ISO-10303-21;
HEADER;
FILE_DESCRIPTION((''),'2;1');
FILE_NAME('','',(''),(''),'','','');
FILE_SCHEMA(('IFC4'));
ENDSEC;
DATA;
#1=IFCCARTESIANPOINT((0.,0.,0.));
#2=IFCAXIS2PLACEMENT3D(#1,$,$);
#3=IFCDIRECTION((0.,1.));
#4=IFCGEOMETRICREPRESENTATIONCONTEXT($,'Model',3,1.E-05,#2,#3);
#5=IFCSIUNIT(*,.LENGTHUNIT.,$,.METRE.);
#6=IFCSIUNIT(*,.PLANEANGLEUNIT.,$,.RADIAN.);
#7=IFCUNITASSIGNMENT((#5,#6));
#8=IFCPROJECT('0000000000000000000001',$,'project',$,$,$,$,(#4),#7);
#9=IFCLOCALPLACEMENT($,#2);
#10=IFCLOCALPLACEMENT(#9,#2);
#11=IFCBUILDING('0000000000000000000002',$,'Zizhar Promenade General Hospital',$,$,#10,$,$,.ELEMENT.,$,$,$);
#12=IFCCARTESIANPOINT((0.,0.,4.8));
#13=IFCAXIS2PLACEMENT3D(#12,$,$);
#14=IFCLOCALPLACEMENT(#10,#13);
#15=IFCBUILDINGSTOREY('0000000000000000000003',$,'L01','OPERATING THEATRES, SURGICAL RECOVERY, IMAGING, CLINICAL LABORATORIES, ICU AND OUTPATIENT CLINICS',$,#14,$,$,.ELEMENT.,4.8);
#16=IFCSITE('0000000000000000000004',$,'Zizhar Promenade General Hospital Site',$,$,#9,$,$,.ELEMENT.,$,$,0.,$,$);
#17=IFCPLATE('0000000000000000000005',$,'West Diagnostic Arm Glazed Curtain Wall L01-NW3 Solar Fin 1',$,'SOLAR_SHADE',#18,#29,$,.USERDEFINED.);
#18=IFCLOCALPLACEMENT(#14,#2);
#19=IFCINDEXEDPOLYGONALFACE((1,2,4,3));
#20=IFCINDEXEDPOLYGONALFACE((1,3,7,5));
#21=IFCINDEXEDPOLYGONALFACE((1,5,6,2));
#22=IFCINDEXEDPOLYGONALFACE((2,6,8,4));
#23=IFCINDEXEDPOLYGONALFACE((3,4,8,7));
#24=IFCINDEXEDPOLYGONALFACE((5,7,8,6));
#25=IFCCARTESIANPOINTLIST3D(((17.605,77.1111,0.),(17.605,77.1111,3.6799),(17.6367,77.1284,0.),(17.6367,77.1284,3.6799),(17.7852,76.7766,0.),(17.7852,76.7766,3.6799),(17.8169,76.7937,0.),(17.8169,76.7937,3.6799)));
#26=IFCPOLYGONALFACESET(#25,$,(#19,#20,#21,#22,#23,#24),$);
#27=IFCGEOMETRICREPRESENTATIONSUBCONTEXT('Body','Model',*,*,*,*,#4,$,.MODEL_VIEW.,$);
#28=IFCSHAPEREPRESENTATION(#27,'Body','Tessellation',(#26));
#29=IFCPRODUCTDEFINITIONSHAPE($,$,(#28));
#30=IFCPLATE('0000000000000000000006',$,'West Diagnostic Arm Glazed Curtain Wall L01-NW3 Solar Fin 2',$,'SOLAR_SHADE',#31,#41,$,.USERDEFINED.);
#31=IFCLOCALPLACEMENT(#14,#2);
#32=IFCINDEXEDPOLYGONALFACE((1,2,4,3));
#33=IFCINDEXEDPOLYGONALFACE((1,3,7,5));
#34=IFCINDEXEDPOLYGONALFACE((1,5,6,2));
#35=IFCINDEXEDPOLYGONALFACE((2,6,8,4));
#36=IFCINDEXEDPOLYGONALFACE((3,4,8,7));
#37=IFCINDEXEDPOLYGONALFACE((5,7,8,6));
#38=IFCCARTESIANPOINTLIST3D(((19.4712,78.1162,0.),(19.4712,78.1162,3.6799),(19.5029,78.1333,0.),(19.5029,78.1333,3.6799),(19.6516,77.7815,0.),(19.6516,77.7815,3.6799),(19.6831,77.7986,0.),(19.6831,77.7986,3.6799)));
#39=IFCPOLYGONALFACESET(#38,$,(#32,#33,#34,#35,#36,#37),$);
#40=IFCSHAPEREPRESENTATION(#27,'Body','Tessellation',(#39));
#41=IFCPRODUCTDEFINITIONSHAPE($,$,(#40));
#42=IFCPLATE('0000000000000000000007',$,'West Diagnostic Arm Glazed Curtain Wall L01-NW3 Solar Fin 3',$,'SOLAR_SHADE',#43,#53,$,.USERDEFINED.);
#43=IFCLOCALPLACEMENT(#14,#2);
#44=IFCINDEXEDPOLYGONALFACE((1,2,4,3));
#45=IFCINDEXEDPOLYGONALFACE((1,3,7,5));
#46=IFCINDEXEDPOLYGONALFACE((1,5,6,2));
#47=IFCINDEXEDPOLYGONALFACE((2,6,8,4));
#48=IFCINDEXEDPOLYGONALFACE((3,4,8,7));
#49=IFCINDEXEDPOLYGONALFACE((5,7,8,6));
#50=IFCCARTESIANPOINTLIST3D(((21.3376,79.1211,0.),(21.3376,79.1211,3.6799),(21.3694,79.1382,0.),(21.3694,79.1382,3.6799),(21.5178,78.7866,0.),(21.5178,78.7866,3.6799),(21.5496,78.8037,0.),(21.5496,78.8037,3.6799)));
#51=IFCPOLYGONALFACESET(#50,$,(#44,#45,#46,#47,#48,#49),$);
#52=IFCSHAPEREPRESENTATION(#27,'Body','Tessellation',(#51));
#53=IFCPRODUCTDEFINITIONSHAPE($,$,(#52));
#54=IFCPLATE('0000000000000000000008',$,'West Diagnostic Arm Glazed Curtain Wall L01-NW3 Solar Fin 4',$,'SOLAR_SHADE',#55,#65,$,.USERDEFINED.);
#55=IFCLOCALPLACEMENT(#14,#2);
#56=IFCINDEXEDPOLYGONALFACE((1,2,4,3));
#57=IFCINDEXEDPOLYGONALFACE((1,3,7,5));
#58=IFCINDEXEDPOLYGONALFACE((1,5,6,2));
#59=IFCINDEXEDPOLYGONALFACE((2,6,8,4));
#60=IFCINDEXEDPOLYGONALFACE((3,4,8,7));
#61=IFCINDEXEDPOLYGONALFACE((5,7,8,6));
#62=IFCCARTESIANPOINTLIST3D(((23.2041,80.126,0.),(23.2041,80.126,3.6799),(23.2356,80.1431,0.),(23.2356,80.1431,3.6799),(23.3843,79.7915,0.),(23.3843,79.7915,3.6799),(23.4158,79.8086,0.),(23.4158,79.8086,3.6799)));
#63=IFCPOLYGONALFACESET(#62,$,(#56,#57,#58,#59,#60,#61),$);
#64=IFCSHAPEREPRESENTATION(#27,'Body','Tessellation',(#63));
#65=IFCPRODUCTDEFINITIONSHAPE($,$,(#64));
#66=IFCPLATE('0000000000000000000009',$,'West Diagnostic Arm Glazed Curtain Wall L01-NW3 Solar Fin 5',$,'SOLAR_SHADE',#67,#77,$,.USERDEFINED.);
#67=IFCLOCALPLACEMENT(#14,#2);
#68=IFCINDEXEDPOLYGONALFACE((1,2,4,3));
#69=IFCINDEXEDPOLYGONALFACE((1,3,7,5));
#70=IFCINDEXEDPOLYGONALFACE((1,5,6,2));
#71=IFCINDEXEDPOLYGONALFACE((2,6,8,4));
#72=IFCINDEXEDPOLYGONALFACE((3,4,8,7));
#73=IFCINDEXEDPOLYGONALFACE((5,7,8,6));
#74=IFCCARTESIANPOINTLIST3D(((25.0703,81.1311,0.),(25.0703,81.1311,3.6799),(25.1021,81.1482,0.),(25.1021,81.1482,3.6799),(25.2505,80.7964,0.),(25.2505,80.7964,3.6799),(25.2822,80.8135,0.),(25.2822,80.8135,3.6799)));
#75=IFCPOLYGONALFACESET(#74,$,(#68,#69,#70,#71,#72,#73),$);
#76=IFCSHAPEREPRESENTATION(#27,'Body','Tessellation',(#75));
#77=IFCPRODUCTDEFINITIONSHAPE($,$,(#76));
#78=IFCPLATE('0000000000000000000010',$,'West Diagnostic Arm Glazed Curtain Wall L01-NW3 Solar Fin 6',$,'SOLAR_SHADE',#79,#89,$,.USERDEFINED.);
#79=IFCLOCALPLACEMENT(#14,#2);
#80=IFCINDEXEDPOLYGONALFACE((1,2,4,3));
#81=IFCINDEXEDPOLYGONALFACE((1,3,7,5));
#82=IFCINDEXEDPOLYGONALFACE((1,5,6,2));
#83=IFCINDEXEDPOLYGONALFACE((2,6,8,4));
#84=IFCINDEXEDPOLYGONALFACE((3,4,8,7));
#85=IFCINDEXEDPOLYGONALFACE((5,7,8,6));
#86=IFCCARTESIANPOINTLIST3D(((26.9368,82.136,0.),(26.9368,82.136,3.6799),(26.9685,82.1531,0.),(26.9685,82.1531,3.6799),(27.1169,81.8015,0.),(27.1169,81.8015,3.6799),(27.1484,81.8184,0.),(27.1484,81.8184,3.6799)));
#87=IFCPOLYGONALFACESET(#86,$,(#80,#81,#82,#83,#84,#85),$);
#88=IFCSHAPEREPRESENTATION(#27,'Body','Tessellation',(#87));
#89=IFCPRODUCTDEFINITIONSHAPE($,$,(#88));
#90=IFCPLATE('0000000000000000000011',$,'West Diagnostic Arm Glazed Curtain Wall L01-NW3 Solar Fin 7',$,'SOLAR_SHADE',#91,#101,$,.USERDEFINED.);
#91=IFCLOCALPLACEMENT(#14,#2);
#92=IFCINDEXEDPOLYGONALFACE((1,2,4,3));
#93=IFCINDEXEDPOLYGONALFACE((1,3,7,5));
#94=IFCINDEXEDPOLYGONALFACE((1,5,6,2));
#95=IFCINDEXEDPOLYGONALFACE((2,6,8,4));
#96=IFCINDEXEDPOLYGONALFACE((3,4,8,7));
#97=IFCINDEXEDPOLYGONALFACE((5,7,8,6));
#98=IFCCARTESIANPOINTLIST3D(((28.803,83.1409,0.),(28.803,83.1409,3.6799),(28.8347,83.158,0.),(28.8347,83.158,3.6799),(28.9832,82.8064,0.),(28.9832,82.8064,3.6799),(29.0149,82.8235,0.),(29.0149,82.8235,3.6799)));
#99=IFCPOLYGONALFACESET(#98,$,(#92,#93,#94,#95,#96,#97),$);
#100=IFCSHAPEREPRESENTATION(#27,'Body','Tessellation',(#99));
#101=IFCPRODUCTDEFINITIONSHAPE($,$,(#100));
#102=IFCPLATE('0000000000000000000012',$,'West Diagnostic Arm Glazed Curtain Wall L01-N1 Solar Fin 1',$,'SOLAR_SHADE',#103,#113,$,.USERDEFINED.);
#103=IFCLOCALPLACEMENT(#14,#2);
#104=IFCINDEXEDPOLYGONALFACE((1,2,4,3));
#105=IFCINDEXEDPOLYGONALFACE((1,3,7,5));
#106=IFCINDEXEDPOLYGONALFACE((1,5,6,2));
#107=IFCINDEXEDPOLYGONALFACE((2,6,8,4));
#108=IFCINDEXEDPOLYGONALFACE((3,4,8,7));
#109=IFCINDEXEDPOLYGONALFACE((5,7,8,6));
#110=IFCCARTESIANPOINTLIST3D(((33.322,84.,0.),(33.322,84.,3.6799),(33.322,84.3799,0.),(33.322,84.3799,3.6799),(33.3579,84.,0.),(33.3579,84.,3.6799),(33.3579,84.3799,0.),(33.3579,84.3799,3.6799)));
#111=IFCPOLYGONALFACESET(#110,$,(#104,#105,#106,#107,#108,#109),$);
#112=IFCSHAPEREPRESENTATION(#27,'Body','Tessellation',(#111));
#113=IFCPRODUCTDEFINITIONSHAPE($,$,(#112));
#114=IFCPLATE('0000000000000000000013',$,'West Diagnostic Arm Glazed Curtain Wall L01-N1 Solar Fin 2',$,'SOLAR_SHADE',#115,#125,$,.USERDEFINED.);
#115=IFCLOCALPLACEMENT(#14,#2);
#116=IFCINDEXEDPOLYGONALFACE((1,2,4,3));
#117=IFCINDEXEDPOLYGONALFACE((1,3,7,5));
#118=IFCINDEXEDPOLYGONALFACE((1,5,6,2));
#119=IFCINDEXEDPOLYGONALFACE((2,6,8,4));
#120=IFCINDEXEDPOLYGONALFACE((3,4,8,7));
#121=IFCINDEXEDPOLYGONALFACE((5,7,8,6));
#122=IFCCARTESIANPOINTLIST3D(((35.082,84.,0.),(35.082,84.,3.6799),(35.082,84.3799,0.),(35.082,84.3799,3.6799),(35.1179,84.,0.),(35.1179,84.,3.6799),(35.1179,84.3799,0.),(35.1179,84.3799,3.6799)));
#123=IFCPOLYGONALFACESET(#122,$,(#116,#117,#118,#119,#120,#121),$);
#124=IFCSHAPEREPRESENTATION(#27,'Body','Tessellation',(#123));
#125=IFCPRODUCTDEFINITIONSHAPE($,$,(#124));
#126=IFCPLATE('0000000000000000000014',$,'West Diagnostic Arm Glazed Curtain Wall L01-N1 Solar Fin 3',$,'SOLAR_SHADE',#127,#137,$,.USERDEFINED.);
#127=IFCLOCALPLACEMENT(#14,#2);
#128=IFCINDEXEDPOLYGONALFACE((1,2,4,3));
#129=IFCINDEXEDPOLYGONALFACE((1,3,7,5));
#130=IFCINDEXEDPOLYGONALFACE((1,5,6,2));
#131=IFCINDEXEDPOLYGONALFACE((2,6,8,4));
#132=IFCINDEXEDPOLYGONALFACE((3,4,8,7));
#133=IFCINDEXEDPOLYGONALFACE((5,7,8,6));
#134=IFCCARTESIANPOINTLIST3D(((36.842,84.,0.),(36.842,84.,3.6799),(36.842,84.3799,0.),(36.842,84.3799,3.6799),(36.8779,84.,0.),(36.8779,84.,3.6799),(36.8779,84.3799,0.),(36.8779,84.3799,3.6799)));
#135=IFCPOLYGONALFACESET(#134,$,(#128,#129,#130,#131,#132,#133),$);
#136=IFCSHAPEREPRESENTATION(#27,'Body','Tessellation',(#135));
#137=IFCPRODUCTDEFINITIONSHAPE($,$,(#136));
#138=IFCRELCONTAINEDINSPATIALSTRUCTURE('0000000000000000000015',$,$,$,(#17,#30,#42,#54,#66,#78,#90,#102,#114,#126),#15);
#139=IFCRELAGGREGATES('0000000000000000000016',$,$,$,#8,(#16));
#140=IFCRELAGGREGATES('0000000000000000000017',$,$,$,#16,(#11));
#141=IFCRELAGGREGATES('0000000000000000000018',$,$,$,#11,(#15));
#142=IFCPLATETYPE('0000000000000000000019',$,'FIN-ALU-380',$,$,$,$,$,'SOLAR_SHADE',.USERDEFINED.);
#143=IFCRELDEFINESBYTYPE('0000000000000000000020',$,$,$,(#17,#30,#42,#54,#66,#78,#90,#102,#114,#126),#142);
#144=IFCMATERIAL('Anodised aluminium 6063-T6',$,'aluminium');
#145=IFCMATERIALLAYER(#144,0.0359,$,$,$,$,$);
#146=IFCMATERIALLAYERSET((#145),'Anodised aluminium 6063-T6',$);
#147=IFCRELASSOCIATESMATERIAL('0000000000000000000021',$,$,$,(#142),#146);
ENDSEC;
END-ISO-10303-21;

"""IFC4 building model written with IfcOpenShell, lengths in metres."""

from ifc_helpers import new_model, si_unit, direction, frame, origin, place, context, subcontext, project, spatial, polyline, outline, extrude, material, layer, layer_set, type_object, element, save


model = new_model("IFC4")

# Units and contexts
model_context = context("Model", 3, precision=1e-05, world=origin(), true_north=direction((0.0, 1.0)))
body_context = subcontext(model_context, "Body", "Model", "MODEL_VIEW")
ifc_project = project(units=[si_unit("LENGTHUNIT", "METRE"), si_unit("PLANEANGLEUNIT", "RADIAN")], contexts=[model_context])

# Site, building, storey
site_placement = place(None, origin())
site = spatial("IfcSite", under=ifc_project, at=site_placement, Name="Zizhar Promenade General Hospital Site", CompositionType="ELEMENT", RefElevation=0.0)
building_placement = place(site_placement, origin())
building = spatial("IfcBuilding", under=site, at=building_placement, Name="Zizhar Promenade General Hospital", CompositionType="ELEMENT")
storey_placement = place(building_placement, frame((0.0, 0.0, 4.8)))
storey = spatial("IfcBuildingStorey", under=building, at=storey_placement, Name="L01", Description="OPERATING THEATRES, SURGICAL RECOVERY, IMAGING, CLINICAL LABORATORIES, ICU AND OUTPATIENT CLINICS", CompositionType="ELEMENT", Elevation=4.8)

# Plates
ifc_material = material(Name="Anodised aluminium 6063-T6", Category="aluminium")
ifc_layer = layer(ifc_material, 0.0359)
ifc_layer_set = layer_set([ifc_layer], Name="Anodised aluminium 6063-T6")
plate_type = type_object("IfcPlateType", Name="FIN-ALU-380", ElementType="SOLAR_SHADE", PredefinedType="USERDEFINED", material=ifc_layer_set)
plate_1_placement = place(storey_placement, origin())
element("IfcPlate", 1, at=plate_1_placement, inside=storey, type_object=plate_type, Name="West Diagnostic Arm Glazed Curtain Wall L01-NW3 Solar Fin 1", ObjectType="SOLAR_SHADE", PredefinedType="USERDEFINED", context=body_context, shape_type="SweptSolid", body=[
    extrude(outline(polyline([(17.7852, 76.7766), (17.8169, 76.7937), (17.6367, 77.1284), (17.605, 77.1111), (17.7852, 76.7766)])), origin(), (0.0, 0.0, 1.0), 3.6799),
])
plate_2_placement = place(storey_placement, origin())
element("IfcPlate", 2, at=plate_2_placement, inside=storey, type_object=plate_type, Name="West Diagnostic Arm Glazed Curtain Wall L01-NW3 Solar Fin 2", ObjectType="SOLAR_SHADE", PredefinedType="USERDEFINED", context=body_context, shape_type="SweptSolid", body=[
    extrude(outline(polyline([(19.6516, 77.7815), (19.6831, 77.7986), (19.5029, 78.1333), (19.4712, 78.1162), (19.6516, 77.7815)])), origin(), (0.0, 0.0, 1.0), 3.6799),
])
plate_3_placement = place(storey_placement, origin())
element("IfcPlate", 3, at=plate_3_placement, inside=storey, type_object=plate_type, Name="West Diagnostic Arm Glazed Curtain Wall L01-NW3 Solar Fin 3", ObjectType="SOLAR_SHADE", PredefinedType="USERDEFINED", context=body_context, shape_type="SweptSolid", body=[
    extrude(outline(polyline([(21.5178, 78.7866), (21.5496, 78.8037), (21.3694, 79.1382), (21.3376, 79.1211), (21.5178, 78.7866)])), origin(), (0.0, 0.0, 1.0), 3.6799),
])
plate_4_placement = place(storey_placement, origin())
element("IfcPlate", 4, at=plate_4_placement, inside=storey, type_object=plate_type, Name="West Diagnostic Arm Glazed Curtain Wall L01-NW3 Solar Fin 4", ObjectType="SOLAR_SHADE", PredefinedType="USERDEFINED", context=body_context, shape_type="SweptSolid", body=[
    extrude(outline(polyline([(23.3843, 79.7915), (23.4158, 79.8086), (23.2356, 80.1431), (23.2041, 80.126), (23.3843, 79.7915)])), origin(), (0.0, 0.0, 1.0), 3.6799),
])
plate_5_placement = place(storey_placement, origin())
element("IfcPlate", 5, at=plate_5_placement, inside=storey, type_object=plate_type, Name="West Diagnostic Arm Glazed Curtain Wall L01-NW3 Solar Fin 5", ObjectType="SOLAR_SHADE", PredefinedType="USERDEFINED", context=body_context, shape_type="SweptSolid", body=[
    extrude(outline(polyline([(25.2505, 80.7964), (25.2822, 80.8135), (25.1021, 81.1482), (25.0703, 81.1311), (25.2505, 80.7964)])), origin(), (0.0, 0.0, 1.0), 3.6799),
])
plate_6_placement = place(storey_placement, origin())
element("IfcPlate", 6, at=plate_6_placement, inside=storey, type_object=plate_type, Name="West Diagnostic Arm Glazed Curtain Wall L01-NW3 Solar Fin 6", ObjectType="SOLAR_SHADE", PredefinedType="USERDEFINED", context=body_context, shape_type="SweptSolid", body=[
    extrude(outline(polyline([(27.1169, 81.8015), (27.1484, 81.8184), (26.9685, 82.1531), (26.9368, 82.136), (27.1169, 81.8015)])), origin(), (0.0, 0.0, 1.0), 3.6799),
])
plate_7_placement = place(storey_placement, origin())
element("IfcPlate", 7, at=plate_7_placement, inside=storey, type_object=plate_type, Name="West Diagnostic Arm Glazed Curtain Wall L01-NW3 Solar Fin 7", ObjectType="SOLAR_SHADE", PredefinedType="USERDEFINED", context=body_context, shape_type="SweptSolid", body=[
    extrude(outline(polyline([(28.9832, 82.8064), (29.0149, 82.8235), (28.8347, 83.158), (28.803, 83.1409), (28.9832, 82.8064)])), origin(), (0.0, 0.0, 1.0), 3.6799),
])
plate_8_placement = place(storey_placement, origin())
element("IfcPlate", 8, at=plate_8_placement, inside=storey, type_object=plate_type, Name="West Diagnostic Arm Glazed Curtain Wall L01-N1 Solar Fin 1", ObjectType="SOLAR_SHADE", PredefinedType="USERDEFINED", context=body_context, shape_type="SweptSolid", body=[
    extrude(outline(polyline([(33.322, 84.0), (33.3579, 84.0), (33.3579, 84.3799), (33.322, 84.3799), (33.322, 84.0)])), origin(), (0.0, 0.0, 1.0), 3.6799),
])
plate_9_placement = place(storey_placement, origin())
element("IfcPlate", 9, at=plate_9_placement, inside=storey, type_object=plate_type, Name="West Diagnostic Arm Glazed Curtain Wall L01-N1 Solar Fin 2", ObjectType="SOLAR_SHADE", PredefinedType="USERDEFINED", context=body_context, shape_type="SweptSolid", body=[
    extrude(outline(polyline([(35.082, 84.0), (35.1179, 84.0), (35.1179, 84.3799), (35.082, 84.3799), (35.082, 84.0)])), origin(), (0.0, 0.0, 1.0), 3.6799),
])
plate_10_placement = place(storey_placement, origin())
element("IfcPlate", 10, at=plate_10_placement, inside=storey, type_object=plate_type, Name="West Diagnostic Arm Glazed Curtain Wall L01-N1 Solar Fin 3", ObjectType="SOLAR_SHADE", PredefinedType="USERDEFINED", context=body_context, shape_type="SweptSolid", body=[
    extrude(outline(polyline([(36.842, 84.0), (36.8779, 84.0), (36.8779, 84.3799), (36.842, 84.3799), (36.842, 84.0)])), origin(), (0.0, 0.0, 1.0), 3.6799),
])

save(model, "model.ifc")
